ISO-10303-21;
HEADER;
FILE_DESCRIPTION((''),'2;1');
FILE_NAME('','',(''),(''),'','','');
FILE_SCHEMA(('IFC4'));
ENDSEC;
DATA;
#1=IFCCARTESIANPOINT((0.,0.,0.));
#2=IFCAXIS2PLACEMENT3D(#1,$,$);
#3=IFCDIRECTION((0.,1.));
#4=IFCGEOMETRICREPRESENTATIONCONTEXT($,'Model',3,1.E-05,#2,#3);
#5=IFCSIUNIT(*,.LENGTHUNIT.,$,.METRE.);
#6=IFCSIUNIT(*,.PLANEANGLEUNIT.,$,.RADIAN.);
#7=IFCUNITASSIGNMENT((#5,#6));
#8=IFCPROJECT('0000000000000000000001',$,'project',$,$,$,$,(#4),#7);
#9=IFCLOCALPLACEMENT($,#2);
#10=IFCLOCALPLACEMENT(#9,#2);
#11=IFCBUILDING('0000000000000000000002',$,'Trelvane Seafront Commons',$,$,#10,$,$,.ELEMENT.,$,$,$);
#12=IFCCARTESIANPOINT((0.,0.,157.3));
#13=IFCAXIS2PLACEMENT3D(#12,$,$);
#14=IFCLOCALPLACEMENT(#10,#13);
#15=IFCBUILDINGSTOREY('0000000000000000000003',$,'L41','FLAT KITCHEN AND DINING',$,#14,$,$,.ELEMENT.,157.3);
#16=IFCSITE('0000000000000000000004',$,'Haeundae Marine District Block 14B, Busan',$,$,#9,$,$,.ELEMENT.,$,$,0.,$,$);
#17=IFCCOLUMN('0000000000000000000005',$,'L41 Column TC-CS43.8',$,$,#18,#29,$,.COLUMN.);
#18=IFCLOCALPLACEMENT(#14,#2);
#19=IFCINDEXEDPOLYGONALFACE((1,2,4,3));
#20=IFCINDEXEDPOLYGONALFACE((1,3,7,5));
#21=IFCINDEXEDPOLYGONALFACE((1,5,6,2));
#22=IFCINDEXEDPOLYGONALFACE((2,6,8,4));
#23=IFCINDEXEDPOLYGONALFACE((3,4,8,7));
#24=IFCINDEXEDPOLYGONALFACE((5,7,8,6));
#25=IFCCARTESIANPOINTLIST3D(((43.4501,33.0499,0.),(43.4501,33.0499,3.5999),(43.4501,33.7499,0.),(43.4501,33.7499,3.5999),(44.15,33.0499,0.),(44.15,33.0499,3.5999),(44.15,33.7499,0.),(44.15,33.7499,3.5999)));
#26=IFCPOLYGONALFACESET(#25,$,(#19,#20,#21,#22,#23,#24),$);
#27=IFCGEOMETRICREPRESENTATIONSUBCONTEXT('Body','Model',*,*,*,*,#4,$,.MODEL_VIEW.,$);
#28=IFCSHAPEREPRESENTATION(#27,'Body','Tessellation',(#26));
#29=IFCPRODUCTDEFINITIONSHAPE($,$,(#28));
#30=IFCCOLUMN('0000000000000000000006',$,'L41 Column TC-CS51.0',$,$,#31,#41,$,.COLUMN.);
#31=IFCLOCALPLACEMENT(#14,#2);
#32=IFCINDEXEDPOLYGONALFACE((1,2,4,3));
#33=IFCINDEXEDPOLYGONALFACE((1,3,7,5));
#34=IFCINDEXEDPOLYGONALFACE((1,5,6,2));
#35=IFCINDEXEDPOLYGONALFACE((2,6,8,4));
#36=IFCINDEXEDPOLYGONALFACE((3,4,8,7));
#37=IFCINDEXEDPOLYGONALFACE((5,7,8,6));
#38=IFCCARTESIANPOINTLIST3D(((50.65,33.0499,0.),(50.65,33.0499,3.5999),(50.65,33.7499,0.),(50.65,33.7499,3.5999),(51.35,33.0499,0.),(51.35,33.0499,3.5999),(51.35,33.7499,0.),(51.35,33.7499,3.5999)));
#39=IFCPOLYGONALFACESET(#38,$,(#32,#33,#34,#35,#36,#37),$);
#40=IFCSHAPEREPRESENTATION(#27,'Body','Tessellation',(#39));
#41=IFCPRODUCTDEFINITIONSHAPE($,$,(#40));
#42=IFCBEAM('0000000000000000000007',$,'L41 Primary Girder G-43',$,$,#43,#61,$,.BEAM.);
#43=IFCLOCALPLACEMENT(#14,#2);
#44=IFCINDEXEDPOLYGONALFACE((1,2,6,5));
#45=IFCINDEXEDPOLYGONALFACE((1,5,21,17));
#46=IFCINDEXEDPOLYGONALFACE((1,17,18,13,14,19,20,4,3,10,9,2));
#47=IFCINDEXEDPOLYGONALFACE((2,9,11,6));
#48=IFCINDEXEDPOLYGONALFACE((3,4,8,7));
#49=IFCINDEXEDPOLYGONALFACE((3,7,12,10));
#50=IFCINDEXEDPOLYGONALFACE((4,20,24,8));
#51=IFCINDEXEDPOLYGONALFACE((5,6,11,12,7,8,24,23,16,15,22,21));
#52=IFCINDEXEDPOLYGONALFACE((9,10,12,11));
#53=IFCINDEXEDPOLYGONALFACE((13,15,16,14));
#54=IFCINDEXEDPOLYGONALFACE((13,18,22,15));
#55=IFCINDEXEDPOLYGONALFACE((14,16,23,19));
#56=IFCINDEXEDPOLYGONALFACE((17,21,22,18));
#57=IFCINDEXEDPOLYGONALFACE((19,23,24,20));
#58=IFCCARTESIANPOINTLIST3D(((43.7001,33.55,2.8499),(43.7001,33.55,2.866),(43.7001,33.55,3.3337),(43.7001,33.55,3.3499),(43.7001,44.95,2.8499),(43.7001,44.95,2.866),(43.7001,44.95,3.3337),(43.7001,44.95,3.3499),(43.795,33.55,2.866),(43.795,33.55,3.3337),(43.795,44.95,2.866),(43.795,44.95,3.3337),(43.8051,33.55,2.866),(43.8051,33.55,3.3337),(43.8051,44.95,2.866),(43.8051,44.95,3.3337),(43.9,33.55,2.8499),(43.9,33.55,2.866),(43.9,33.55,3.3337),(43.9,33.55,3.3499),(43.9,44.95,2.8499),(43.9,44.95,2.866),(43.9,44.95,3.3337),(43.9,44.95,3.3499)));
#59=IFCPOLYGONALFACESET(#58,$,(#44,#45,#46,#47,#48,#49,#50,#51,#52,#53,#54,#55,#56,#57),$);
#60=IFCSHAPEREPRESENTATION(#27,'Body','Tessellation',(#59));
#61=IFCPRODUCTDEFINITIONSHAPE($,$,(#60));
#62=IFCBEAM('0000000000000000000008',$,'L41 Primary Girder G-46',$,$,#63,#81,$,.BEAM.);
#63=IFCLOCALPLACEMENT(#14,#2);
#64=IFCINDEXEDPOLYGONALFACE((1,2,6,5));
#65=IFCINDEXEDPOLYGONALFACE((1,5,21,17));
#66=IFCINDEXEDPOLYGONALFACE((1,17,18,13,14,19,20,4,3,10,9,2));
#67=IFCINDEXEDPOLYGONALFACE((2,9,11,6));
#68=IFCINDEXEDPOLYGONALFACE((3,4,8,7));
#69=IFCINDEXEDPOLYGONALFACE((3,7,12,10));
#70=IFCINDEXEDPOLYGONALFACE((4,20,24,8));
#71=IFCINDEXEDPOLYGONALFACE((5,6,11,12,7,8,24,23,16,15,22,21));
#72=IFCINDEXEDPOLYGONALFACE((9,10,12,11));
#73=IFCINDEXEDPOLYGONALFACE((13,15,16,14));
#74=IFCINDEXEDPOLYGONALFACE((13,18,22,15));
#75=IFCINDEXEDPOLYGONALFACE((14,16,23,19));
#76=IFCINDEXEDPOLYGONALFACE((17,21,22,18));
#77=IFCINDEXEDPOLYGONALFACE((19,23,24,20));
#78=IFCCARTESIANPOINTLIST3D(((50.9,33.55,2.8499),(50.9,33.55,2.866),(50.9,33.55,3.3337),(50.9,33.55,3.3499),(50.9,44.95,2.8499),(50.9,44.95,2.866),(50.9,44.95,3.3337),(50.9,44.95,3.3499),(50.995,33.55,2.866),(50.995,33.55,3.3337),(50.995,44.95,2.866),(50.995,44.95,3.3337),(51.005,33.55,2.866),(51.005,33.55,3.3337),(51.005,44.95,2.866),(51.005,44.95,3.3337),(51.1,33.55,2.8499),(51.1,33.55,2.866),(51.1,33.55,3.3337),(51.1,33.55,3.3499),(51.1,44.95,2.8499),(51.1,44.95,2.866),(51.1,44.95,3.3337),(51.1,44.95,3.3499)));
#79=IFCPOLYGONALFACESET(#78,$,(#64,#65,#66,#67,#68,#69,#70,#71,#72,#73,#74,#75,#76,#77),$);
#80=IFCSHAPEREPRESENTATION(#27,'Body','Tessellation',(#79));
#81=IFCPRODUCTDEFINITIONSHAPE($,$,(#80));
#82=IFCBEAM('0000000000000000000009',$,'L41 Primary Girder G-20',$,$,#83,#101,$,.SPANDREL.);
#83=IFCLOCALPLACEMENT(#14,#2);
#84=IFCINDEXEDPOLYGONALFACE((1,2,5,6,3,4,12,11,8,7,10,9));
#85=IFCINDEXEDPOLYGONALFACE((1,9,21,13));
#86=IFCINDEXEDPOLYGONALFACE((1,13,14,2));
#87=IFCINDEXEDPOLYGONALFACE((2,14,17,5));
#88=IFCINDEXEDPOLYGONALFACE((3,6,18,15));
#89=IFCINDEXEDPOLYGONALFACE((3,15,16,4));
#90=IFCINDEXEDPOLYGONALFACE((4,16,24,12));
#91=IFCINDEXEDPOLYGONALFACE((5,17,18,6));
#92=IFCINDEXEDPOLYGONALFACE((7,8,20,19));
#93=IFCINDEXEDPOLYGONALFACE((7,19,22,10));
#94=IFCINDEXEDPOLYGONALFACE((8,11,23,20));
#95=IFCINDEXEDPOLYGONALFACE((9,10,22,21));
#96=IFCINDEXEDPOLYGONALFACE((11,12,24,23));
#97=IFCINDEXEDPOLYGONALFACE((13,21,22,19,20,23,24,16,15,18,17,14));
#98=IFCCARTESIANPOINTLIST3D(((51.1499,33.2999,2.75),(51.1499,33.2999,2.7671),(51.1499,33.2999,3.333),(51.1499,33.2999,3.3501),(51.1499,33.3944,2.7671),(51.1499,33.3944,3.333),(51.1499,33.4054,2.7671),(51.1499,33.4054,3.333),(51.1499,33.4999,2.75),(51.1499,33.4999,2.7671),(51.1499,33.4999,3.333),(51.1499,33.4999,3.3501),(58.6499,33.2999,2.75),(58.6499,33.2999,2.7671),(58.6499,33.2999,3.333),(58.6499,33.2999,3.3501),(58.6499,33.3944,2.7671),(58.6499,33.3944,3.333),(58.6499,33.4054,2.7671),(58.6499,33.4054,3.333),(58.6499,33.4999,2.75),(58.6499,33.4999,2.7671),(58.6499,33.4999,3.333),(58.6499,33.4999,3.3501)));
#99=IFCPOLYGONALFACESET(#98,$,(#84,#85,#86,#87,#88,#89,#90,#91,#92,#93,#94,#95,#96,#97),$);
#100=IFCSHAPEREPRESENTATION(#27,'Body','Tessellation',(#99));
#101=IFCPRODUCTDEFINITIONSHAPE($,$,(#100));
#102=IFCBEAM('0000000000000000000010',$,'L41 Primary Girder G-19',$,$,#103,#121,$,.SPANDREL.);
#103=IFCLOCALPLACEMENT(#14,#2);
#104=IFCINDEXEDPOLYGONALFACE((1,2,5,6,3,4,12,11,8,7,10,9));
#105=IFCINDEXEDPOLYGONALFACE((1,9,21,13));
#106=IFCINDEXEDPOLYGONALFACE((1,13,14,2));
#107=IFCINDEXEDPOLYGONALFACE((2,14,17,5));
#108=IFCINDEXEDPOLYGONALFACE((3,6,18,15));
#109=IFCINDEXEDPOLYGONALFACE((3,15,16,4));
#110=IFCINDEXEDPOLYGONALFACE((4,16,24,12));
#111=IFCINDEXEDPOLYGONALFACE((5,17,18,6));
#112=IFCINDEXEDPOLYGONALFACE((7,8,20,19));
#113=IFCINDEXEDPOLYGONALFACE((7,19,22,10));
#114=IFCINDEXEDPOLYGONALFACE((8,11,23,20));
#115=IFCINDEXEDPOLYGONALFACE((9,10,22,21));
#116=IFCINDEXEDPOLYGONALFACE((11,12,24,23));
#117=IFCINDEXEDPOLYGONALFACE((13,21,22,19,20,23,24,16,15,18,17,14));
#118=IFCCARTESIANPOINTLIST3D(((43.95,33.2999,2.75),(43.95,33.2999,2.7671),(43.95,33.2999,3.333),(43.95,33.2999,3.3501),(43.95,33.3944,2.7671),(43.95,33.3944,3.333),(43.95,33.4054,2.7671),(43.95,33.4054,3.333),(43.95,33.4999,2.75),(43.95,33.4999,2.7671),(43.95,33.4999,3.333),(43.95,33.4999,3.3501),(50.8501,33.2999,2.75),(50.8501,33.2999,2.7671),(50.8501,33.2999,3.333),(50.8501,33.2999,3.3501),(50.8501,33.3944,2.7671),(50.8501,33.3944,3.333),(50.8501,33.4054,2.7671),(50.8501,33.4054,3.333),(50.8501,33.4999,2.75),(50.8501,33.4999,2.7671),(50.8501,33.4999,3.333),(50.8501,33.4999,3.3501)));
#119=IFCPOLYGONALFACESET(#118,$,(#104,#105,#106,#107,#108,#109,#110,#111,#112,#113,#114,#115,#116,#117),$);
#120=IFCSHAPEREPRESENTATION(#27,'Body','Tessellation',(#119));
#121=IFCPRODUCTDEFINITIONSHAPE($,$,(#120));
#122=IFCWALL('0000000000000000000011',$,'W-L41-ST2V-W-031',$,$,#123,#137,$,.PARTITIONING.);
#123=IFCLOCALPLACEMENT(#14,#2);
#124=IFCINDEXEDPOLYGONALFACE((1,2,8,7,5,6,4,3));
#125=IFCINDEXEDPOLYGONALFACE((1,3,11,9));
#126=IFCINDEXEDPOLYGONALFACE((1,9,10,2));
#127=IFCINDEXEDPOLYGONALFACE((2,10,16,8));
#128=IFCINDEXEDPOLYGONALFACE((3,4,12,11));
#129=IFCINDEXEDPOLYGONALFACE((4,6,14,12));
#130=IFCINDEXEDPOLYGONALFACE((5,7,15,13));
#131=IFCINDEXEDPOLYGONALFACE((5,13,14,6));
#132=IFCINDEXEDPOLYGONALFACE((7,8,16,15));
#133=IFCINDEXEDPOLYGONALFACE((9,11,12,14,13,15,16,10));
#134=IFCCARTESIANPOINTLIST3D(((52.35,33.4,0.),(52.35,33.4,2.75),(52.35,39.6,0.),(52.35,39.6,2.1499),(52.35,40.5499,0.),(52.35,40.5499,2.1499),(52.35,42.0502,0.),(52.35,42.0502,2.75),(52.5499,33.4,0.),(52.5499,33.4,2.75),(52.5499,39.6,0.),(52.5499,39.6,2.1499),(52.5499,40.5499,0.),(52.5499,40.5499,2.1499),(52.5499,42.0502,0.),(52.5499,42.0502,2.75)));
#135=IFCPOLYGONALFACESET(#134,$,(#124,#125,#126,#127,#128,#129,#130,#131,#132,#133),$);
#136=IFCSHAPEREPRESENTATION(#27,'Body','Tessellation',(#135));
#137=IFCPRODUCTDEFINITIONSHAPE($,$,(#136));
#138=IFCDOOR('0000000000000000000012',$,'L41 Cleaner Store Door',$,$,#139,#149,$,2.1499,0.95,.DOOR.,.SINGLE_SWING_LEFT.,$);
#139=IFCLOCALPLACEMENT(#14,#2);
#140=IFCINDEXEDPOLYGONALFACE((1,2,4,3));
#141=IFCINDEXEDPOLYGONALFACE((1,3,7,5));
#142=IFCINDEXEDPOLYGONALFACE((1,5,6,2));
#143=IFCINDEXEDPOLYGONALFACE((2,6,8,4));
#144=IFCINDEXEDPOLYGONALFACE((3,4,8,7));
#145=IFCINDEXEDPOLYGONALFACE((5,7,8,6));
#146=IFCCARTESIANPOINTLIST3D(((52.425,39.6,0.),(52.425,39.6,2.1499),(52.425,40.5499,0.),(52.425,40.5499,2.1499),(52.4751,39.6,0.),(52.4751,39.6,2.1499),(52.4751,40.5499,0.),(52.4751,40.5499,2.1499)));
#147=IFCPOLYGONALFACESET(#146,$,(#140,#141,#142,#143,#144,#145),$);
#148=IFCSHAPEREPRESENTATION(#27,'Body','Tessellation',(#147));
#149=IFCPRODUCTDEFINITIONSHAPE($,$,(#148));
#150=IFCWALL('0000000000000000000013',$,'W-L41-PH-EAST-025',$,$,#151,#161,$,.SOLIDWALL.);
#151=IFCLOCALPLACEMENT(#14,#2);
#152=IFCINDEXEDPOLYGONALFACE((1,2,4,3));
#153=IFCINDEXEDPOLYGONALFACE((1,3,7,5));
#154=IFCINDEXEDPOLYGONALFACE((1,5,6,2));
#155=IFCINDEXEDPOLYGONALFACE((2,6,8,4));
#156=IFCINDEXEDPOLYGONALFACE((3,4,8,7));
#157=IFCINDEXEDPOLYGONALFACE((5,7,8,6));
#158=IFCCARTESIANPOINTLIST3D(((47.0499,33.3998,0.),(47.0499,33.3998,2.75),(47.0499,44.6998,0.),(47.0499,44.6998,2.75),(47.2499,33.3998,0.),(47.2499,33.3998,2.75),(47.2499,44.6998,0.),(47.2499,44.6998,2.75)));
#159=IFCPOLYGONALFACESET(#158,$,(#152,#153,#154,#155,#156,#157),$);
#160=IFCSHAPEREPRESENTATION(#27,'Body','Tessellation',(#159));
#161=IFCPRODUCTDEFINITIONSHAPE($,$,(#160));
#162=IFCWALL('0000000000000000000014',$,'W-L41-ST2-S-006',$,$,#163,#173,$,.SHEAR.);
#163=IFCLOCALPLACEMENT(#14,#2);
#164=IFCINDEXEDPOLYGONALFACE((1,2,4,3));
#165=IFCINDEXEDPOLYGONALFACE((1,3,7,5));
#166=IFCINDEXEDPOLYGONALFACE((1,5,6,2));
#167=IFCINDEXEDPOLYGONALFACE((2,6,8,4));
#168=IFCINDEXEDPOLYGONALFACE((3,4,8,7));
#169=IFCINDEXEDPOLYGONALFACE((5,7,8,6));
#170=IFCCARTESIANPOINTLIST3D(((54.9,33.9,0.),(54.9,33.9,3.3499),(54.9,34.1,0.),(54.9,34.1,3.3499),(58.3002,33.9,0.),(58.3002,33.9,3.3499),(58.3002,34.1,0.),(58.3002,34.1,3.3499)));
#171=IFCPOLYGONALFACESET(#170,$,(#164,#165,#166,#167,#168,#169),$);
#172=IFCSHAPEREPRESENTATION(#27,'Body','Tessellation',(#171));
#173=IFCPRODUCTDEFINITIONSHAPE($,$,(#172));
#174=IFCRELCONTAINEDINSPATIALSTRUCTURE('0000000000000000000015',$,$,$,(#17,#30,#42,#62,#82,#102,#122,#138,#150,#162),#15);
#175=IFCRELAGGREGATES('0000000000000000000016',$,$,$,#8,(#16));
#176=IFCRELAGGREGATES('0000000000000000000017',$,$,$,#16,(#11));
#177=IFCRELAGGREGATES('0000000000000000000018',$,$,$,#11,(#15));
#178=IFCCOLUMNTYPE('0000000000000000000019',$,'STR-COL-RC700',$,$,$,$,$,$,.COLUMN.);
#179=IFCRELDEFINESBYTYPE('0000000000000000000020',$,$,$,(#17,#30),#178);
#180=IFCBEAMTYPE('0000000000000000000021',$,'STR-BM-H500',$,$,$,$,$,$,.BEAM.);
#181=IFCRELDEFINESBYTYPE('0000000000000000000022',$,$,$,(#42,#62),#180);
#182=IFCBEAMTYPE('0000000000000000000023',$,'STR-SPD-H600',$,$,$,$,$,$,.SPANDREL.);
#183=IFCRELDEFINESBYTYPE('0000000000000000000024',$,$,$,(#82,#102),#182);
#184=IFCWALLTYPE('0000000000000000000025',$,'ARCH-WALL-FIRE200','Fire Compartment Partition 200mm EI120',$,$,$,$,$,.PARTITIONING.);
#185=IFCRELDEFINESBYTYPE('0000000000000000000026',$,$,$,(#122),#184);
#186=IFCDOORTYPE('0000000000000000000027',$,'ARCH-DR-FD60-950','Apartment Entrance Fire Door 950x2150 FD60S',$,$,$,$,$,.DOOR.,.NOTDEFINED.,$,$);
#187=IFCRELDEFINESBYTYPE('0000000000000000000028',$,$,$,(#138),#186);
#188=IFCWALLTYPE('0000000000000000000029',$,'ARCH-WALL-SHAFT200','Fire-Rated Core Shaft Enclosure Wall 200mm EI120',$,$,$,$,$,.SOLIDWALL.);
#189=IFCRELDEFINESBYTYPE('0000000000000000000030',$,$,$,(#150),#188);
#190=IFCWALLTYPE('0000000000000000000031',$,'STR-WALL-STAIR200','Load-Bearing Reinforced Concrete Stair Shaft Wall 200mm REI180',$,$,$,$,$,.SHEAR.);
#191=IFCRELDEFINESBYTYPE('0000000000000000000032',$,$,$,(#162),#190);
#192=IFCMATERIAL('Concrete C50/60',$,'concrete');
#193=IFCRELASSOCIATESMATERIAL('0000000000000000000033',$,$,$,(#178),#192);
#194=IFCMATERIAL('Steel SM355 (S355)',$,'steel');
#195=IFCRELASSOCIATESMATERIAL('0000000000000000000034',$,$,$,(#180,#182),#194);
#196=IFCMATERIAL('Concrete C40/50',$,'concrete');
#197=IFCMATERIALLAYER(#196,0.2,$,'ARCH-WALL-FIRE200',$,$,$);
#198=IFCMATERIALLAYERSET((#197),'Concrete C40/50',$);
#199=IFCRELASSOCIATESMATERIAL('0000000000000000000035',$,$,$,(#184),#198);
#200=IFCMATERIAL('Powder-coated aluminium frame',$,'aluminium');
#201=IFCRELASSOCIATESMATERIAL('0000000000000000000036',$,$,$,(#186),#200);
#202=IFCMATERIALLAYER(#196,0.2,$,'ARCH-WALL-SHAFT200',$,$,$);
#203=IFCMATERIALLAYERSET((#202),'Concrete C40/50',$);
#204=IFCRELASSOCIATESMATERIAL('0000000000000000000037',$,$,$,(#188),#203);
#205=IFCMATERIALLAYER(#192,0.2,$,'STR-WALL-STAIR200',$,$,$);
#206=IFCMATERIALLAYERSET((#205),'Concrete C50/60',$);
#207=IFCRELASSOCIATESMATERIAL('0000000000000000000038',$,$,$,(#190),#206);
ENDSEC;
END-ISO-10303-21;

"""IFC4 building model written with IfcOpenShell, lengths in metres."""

from ifc_helpers import new_model, si_unit, direction, frame, frame_2d, origin, origin_2d, place, context, subcontext, project, spatial, rectangle, i_section, extrude, source, transform, mapped, material, layer, layer_set, material_profile, profile_set, type_object, element, fill, save


model = new_model("IFC4")

# Units and contexts
model_context = context("Model", 3, precision=1e-05, world=origin(), true_north=direction((0.0, 1.0)))
body_context = subcontext(model_context, "Body", "Model", "MODEL_VIEW")
ifc_project = project(units=[si_unit("LENGTHUNIT", "METRE"), si_unit("PLANEANGLEUNIT", "RADIAN")], contexts=[model_context])

# Site, building, storey
site_placement = place(None, origin())
site = spatial("IfcSite", under=ifc_project, at=site_placement, Name="Haeundae Marine District Block 14B, Busan", CompositionType="ELEMENT", RefElevation=0.0)
building_placement = place(site_placement, origin())
building = spatial("IfcBuilding", under=site, at=building_placement, Name="Trelvane Seafront Commons", CompositionType="ELEMENT")
storey_placement = place(building_placement, frame((0.0, 0.0, 157.3)))
storey = spatial("IfcBuildingStorey", under=building, at=storey_placement, Name="L41", Description="FLAT KITCHEN AND DINING", CompositionType="ELEMENT", Elevation=157.3)

# Columns
ifc_material_1 = material(Name="Concrete C50/60", Category="concrete")
ifc_material_profile_1 = material_profile(ifc_material_1, rectangle(XDim=0.7, YDim=0.7, at=origin_2d()), Name="RC-700x700")
ifc_profile_set_1 = profile_set([ifc_material_profile_1], Name="Concrete C50/60")
column_type = type_object("IfcColumnType", Name="STR-COL-RC700", PredefinedType="COLUMN", material=ifc_profile_set_1)
shared_shape_1 = source(origin(), body_context, "Body", "SweptSolid", [
    extrude(rectangle(XDim=0.7, YDim=0.7, at=origin_2d()), origin(), (0.0, 0.0, 1.0), 3.5999),
])
for number, where, z_axis, x_axis, name in (
    (1, (43.8, 33.3999, 0.0), (0.0, 0.0, 1.0), (1.0, 0.0, 0.0), "L41 Column TC-CS43.8"),
    (2, (51.0, 33.3999, 0.0), (0.0, 0.0, 1.0), (1.0, 0.0, 0.0), "L41 Column TC-CS51.0"),
):
    element("IfcColumn", number, at=place(storey_placement, frame(where, z_axis=z_axis, x_axis=x_axis)), inside=storey, type_object=column_type, Name=name, PredefinedType="COLUMN", context=body_context, shape_type="MappedRepresentation", body=[
        mapped(shared_shape_1, transform((0.0, 0.0, 0.0), x_axis=(1.0, 0.0, 0.0), y_axis=(0.0, 1.0, 0.0), z_axis=(0.0, 0.0, 1.0), scale=1.0)),
    ])

# Beams
ifc_material_2 = material(Name="Steel SM355 (S355)", Category="steel")
ifc_material_profile_2 = material_profile(ifc_material_2, i_section(OverallWidth=0.2, OverallDepth=0.5, WebThickness=0.01, FlangeThickness=0.0161, at=origin_2d()), Name="H-500x200x10x16")
ifc_profile_set_2 = profile_set([ifc_material_profile_2], Name="Steel SM355 (S355)")
beam_type_1 = type_object("IfcBeamType", Name="STR-BM-H500", PredefinedType="BEAM", material=ifc_profile_set_2)
shared_shape_2 = source(origin(), body_context, "Body", "SweptSolid", [
    extrude(i_section(OverallWidth=0.2, OverallDepth=0.5, WebThickness=0.01, FlangeThickness=0.0161, at=origin_2d()), origin(), (0.0, 0.0, 1.0), 11.3999),
])
for number, where, z_axis, x_axis, name in (
    (3, (43.8, 33.55, 3.0999), (0.0, 1.0, 0.0), (-1.0, 0.0, 0.0), "L41 Primary Girder G-43"),
    (4, (51.0, 33.55, 3.0999), (0.0, 1.0, 0.0), (-1.0, 0.0, 0.0), "L41 Primary Girder G-46"),
):
    element("IfcBeam", number, at=place(storey_placement, frame(where, z_axis=z_axis, x_axis=x_axis)), inside=storey, type_object=beam_type_1, Name=name, PredefinedType="BEAM", context=body_context, shape_type="MappedRepresentation", body=[
        mapped(shared_shape_2, transform((0.0, 0.0, 0.0), x_axis=(1.0, 0.0, 0.0), y_axis=(0.0, 1.0, 0.0), z_axis=(0.0, 0.0, 1.0), scale=1.0)),
    ])
ifc_material_profile_3 = material_profile(ifc_material_2, i_section(OverallWidth=0.2, OverallDepth=0.6001, WebThickness=0.011, FlangeThickness=0.0171, at=origin_2d()), Name="H-600x200x11x17")
ifc_profile_set_3 = profile_set([ifc_material_profile_3], Name="Steel SM355 (S355)")
beam_type_2 = type_object("IfcBeamType", Name="STR-SPD-H600", PredefinedType="SPANDREL", material=ifc_profile_set_3)
shared_shape_3 = source(origin(), body_context, "Body", "SweptSolid", [
    extrude(i_section(OverallWidth=0.2, OverallDepth=0.6001, WebThickness=0.011, FlangeThickness=0.0171, at=origin_2d()), origin(), (0.0, 0.0, 1.0), 7.5),
])
beam_1_placement = place(storey_placement, frame((51.1499, 33.3999, 3.05), z_axis=(1.0, 0.0, 0.0), x_axis=(0.0, 1.0, 0.0)))
element("IfcBeam", 5, at=beam_1_placement, inside=storey, type_object=beam_type_2, Name="L41 Primary Girder G-20", PredefinedType="SPANDREL", context=body_context, shape_type="MappedRepresentation", body=[
    mapped(shared_shape_3, transform((0.0, 0.0, 0.0), x_axis=(1.0, 0.0, 0.0), y_axis=(0.0, 1.0, 0.0), z_axis=(0.0, 0.0, 1.0), scale=1.0)),
])
shared_shape_4 = source(origin(), body_context, "Body", "SweptSolid", [
    extrude(i_section(OverallWidth=0.2, OverallDepth=0.6001, WebThickness=0.011, FlangeThickness=0.0171, at=origin_2d()), origin(), (0.0, 0.0, 1.0), 6.9001),
])
beam_2_placement = place(storey_placement, frame((43.95, 33.3999, 3.05), z_axis=(1.0, 0.0, 0.0), x_axis=(0.0, 1.0, 0.0)))
element("IfcBeam", 6, at=beam_2_placement, inside=storey, type_object=beam_type_2, Name="L41 Primary Girder G-19", PredefinedType="SPANDREL", context=body_context, shape_type="MappedRepresentation", body=[
    mapped(shared_shape_4, transform((0.0, 0.0, 0.0), x_axis=(1.0, 0.0, 0.0), y_axis=(0.0, 1.0, 0.0), z_axis=(0.0, 0.0, 1.0), scale=1.0)),
])

# Wall, opening, door
ifc_material_3 = material(Name="Concrete C40/50", Category="concrete")
ifc_layer_1 = layer(ifc_material_3, 0.2, Name="ARCH-WALL-FIRE200")
ifc_layer_set_1 = layer_set([ifc_layer_1], Name="Concrete C40/50")
wall_type_1 = type_object("IfcWallType", Name="ARCH-WALL-FIRE200", Description="Fire Compartment Partition 200mm EI120", PredefinedType="PARTITIONING", material=ifc_layer_set_1)
wall_1_placement = place(storey_placement, frame((52.45, 33.3999, 0.0), z_axis=(0.0, 0.0, 1.0), x_axis=(0.0, 1.0, 0.0)))
wall_1 = element("IfcWall", 7, at=wall_1_placement, inside=storey, type_object=wall_type_1, Name="W-L41-ST2V-W-031", PredefinedType="PARTITIONING", context=body_context, shape_type="SweptSolid", body=[
    extrude(rectangle(XDim=8.6501, YDim=0.2, at=frame_2d((4.3252, 0.0))), origin(), (0.0, 0.0, 1.0), 2.75),
])
opening_1_placement = place(wall_1_placement, frame((6.2, 0.0, 0.0)))
opening_1 = element("IfcOpeningElement", 8, at=opening_1_placement, cuts=wall_1, PredefinedType="OPENING", context=body_context, shape_type="SweptSolid", body=[
    extrude(rectangle(XDim=0.95, YDim=2.1499, at=frame_2d((0.4751, 1.075))), frame((0.0, 0.1099, 0.0), z_axis=(0.0, -1.0, 0.0), x_axis=(1.0, 0.0, 0.0)), (0.0, 0.0, 1.0), 0.22),
])
ifc_material_4 = material(Name="Powder-coated aluminium frame", Category="aluminium")
door_type_1 = type_object("IfcDoorType", Name="ARCH-DR-FD60-950", Description="Apartment Entrance Fire Door 950x2150 FD60S", OperationType="NOTDEFINED", PredefinedType="DOOR", material=ifc_material_4)
shared_shape_5 = source(origin(), body_context, "Body", "SweptSolid", [
    extrude(rectangle(XDim=0.95, YDim=2.1499, at=frame_2d((0.4751, 1.075))), frame((0.0, 0.0249, 0.0), z_axis=(0.0, -1.0, 0.0), x_axis=(1.0, 0.0, 0.0)), (0.0, 0.0, 1.0), 0.05),
])
door_1_placement = place(opening_1_placement, origin())
door_1 = element("IfcDoor", 9, at=door_1_placement, inside=storey, type_object=door_type_1, Name="L41 Cleaner Store Door", OperationType="SINGLE_SWING_LEFT", OverallHeight=2.1499, OverallWidth=0.95, PredefinedType="DOOR", context=body_context, shape_type="MappedRepresentation", body=[
    mapped(shared_shape_5, transform((0.0, 0.0, 0.0), x_axis=(1.0, 0.0, 0.0), y_axis=(0.0, 1.0, 0.0), z_axis=(0.0, 0.0, 1.0), scale=1.0)),
])
fill(opening_1, door_1)

# Walls
ifc_layer_2 = layer(ifc_material_3, 0.2, Name="ARCH-WALL-SHAFT200")
ifc_layer_set_2 = layer_set([ifc_layer_2], Name="Concrete C40/50")
wall_type_2 = type_object("IfcWallType", Name="ARCH-WALL-SHAFT200", Description="Fire-Rated Core Shaft Enclosure Wall 200mm EI120", PredefinedType="SOLIDWALL", material=ifc_layer_set_2)
wall_2_placement = place(storey_placement, frame((47.1499, 33.3999, 0.0), z_axis=(0.0, 0.0, 1.0), x_axis=(0.0, 1.0, 0.0)))
element("IfcWall", 10, at=wall_2_placement, inside=storey, type_object=wall_type_2, Name="W-L41-PH-EAST-025", PredefinedType="SOLIDWALL", context=body_context, shape_type="SweptSolid", body=[
    extrude(rectangle(XDim=11.3, YDim=0.2, at=frame_2d((5.6499, 0.0))), origin(), (0.0, 0.0, 1.0), 2.75),
])
ifc_layer_3 = layer(ifc_material_1, 0.2, Name="STR-WALL-STAIR200")
ifc_layer_set_3 = layer_set([ifc_layer_3], Name="Concrete C50/60")
wall_type_3 = type_object("IfcWallType", Name="STR-WALL-STAIR200", Description="Load-Bearing Reinforced Concrete Stair Shaft Wall 200mm REI180", PredefinedType="SHEAR", material=ifc_layer_set_3)
wall_3_placement = place(storey_placement, frame((54.8999, 34.0, 0.0), z_axis=(0.0, 0.0, 1.0), x_axis=(1.0, 0.0, 0.0)))
element("IfcWall", 11, at=wall_3_placement, inside=storey, type_object=wall_type_3, Name="W-L41-ST2-S-006", PredefinedType="SHEAR", context=body_context, shape_type="SweptSolid", body=[
    extrude(rectangle(XDim=3.4001, YDim=0.2, at=frame_2d((1.7002, 0.0))), origin(), (0.0, 0.0, 1.0), 3.3499),
])

save(model, "model.ifc")
